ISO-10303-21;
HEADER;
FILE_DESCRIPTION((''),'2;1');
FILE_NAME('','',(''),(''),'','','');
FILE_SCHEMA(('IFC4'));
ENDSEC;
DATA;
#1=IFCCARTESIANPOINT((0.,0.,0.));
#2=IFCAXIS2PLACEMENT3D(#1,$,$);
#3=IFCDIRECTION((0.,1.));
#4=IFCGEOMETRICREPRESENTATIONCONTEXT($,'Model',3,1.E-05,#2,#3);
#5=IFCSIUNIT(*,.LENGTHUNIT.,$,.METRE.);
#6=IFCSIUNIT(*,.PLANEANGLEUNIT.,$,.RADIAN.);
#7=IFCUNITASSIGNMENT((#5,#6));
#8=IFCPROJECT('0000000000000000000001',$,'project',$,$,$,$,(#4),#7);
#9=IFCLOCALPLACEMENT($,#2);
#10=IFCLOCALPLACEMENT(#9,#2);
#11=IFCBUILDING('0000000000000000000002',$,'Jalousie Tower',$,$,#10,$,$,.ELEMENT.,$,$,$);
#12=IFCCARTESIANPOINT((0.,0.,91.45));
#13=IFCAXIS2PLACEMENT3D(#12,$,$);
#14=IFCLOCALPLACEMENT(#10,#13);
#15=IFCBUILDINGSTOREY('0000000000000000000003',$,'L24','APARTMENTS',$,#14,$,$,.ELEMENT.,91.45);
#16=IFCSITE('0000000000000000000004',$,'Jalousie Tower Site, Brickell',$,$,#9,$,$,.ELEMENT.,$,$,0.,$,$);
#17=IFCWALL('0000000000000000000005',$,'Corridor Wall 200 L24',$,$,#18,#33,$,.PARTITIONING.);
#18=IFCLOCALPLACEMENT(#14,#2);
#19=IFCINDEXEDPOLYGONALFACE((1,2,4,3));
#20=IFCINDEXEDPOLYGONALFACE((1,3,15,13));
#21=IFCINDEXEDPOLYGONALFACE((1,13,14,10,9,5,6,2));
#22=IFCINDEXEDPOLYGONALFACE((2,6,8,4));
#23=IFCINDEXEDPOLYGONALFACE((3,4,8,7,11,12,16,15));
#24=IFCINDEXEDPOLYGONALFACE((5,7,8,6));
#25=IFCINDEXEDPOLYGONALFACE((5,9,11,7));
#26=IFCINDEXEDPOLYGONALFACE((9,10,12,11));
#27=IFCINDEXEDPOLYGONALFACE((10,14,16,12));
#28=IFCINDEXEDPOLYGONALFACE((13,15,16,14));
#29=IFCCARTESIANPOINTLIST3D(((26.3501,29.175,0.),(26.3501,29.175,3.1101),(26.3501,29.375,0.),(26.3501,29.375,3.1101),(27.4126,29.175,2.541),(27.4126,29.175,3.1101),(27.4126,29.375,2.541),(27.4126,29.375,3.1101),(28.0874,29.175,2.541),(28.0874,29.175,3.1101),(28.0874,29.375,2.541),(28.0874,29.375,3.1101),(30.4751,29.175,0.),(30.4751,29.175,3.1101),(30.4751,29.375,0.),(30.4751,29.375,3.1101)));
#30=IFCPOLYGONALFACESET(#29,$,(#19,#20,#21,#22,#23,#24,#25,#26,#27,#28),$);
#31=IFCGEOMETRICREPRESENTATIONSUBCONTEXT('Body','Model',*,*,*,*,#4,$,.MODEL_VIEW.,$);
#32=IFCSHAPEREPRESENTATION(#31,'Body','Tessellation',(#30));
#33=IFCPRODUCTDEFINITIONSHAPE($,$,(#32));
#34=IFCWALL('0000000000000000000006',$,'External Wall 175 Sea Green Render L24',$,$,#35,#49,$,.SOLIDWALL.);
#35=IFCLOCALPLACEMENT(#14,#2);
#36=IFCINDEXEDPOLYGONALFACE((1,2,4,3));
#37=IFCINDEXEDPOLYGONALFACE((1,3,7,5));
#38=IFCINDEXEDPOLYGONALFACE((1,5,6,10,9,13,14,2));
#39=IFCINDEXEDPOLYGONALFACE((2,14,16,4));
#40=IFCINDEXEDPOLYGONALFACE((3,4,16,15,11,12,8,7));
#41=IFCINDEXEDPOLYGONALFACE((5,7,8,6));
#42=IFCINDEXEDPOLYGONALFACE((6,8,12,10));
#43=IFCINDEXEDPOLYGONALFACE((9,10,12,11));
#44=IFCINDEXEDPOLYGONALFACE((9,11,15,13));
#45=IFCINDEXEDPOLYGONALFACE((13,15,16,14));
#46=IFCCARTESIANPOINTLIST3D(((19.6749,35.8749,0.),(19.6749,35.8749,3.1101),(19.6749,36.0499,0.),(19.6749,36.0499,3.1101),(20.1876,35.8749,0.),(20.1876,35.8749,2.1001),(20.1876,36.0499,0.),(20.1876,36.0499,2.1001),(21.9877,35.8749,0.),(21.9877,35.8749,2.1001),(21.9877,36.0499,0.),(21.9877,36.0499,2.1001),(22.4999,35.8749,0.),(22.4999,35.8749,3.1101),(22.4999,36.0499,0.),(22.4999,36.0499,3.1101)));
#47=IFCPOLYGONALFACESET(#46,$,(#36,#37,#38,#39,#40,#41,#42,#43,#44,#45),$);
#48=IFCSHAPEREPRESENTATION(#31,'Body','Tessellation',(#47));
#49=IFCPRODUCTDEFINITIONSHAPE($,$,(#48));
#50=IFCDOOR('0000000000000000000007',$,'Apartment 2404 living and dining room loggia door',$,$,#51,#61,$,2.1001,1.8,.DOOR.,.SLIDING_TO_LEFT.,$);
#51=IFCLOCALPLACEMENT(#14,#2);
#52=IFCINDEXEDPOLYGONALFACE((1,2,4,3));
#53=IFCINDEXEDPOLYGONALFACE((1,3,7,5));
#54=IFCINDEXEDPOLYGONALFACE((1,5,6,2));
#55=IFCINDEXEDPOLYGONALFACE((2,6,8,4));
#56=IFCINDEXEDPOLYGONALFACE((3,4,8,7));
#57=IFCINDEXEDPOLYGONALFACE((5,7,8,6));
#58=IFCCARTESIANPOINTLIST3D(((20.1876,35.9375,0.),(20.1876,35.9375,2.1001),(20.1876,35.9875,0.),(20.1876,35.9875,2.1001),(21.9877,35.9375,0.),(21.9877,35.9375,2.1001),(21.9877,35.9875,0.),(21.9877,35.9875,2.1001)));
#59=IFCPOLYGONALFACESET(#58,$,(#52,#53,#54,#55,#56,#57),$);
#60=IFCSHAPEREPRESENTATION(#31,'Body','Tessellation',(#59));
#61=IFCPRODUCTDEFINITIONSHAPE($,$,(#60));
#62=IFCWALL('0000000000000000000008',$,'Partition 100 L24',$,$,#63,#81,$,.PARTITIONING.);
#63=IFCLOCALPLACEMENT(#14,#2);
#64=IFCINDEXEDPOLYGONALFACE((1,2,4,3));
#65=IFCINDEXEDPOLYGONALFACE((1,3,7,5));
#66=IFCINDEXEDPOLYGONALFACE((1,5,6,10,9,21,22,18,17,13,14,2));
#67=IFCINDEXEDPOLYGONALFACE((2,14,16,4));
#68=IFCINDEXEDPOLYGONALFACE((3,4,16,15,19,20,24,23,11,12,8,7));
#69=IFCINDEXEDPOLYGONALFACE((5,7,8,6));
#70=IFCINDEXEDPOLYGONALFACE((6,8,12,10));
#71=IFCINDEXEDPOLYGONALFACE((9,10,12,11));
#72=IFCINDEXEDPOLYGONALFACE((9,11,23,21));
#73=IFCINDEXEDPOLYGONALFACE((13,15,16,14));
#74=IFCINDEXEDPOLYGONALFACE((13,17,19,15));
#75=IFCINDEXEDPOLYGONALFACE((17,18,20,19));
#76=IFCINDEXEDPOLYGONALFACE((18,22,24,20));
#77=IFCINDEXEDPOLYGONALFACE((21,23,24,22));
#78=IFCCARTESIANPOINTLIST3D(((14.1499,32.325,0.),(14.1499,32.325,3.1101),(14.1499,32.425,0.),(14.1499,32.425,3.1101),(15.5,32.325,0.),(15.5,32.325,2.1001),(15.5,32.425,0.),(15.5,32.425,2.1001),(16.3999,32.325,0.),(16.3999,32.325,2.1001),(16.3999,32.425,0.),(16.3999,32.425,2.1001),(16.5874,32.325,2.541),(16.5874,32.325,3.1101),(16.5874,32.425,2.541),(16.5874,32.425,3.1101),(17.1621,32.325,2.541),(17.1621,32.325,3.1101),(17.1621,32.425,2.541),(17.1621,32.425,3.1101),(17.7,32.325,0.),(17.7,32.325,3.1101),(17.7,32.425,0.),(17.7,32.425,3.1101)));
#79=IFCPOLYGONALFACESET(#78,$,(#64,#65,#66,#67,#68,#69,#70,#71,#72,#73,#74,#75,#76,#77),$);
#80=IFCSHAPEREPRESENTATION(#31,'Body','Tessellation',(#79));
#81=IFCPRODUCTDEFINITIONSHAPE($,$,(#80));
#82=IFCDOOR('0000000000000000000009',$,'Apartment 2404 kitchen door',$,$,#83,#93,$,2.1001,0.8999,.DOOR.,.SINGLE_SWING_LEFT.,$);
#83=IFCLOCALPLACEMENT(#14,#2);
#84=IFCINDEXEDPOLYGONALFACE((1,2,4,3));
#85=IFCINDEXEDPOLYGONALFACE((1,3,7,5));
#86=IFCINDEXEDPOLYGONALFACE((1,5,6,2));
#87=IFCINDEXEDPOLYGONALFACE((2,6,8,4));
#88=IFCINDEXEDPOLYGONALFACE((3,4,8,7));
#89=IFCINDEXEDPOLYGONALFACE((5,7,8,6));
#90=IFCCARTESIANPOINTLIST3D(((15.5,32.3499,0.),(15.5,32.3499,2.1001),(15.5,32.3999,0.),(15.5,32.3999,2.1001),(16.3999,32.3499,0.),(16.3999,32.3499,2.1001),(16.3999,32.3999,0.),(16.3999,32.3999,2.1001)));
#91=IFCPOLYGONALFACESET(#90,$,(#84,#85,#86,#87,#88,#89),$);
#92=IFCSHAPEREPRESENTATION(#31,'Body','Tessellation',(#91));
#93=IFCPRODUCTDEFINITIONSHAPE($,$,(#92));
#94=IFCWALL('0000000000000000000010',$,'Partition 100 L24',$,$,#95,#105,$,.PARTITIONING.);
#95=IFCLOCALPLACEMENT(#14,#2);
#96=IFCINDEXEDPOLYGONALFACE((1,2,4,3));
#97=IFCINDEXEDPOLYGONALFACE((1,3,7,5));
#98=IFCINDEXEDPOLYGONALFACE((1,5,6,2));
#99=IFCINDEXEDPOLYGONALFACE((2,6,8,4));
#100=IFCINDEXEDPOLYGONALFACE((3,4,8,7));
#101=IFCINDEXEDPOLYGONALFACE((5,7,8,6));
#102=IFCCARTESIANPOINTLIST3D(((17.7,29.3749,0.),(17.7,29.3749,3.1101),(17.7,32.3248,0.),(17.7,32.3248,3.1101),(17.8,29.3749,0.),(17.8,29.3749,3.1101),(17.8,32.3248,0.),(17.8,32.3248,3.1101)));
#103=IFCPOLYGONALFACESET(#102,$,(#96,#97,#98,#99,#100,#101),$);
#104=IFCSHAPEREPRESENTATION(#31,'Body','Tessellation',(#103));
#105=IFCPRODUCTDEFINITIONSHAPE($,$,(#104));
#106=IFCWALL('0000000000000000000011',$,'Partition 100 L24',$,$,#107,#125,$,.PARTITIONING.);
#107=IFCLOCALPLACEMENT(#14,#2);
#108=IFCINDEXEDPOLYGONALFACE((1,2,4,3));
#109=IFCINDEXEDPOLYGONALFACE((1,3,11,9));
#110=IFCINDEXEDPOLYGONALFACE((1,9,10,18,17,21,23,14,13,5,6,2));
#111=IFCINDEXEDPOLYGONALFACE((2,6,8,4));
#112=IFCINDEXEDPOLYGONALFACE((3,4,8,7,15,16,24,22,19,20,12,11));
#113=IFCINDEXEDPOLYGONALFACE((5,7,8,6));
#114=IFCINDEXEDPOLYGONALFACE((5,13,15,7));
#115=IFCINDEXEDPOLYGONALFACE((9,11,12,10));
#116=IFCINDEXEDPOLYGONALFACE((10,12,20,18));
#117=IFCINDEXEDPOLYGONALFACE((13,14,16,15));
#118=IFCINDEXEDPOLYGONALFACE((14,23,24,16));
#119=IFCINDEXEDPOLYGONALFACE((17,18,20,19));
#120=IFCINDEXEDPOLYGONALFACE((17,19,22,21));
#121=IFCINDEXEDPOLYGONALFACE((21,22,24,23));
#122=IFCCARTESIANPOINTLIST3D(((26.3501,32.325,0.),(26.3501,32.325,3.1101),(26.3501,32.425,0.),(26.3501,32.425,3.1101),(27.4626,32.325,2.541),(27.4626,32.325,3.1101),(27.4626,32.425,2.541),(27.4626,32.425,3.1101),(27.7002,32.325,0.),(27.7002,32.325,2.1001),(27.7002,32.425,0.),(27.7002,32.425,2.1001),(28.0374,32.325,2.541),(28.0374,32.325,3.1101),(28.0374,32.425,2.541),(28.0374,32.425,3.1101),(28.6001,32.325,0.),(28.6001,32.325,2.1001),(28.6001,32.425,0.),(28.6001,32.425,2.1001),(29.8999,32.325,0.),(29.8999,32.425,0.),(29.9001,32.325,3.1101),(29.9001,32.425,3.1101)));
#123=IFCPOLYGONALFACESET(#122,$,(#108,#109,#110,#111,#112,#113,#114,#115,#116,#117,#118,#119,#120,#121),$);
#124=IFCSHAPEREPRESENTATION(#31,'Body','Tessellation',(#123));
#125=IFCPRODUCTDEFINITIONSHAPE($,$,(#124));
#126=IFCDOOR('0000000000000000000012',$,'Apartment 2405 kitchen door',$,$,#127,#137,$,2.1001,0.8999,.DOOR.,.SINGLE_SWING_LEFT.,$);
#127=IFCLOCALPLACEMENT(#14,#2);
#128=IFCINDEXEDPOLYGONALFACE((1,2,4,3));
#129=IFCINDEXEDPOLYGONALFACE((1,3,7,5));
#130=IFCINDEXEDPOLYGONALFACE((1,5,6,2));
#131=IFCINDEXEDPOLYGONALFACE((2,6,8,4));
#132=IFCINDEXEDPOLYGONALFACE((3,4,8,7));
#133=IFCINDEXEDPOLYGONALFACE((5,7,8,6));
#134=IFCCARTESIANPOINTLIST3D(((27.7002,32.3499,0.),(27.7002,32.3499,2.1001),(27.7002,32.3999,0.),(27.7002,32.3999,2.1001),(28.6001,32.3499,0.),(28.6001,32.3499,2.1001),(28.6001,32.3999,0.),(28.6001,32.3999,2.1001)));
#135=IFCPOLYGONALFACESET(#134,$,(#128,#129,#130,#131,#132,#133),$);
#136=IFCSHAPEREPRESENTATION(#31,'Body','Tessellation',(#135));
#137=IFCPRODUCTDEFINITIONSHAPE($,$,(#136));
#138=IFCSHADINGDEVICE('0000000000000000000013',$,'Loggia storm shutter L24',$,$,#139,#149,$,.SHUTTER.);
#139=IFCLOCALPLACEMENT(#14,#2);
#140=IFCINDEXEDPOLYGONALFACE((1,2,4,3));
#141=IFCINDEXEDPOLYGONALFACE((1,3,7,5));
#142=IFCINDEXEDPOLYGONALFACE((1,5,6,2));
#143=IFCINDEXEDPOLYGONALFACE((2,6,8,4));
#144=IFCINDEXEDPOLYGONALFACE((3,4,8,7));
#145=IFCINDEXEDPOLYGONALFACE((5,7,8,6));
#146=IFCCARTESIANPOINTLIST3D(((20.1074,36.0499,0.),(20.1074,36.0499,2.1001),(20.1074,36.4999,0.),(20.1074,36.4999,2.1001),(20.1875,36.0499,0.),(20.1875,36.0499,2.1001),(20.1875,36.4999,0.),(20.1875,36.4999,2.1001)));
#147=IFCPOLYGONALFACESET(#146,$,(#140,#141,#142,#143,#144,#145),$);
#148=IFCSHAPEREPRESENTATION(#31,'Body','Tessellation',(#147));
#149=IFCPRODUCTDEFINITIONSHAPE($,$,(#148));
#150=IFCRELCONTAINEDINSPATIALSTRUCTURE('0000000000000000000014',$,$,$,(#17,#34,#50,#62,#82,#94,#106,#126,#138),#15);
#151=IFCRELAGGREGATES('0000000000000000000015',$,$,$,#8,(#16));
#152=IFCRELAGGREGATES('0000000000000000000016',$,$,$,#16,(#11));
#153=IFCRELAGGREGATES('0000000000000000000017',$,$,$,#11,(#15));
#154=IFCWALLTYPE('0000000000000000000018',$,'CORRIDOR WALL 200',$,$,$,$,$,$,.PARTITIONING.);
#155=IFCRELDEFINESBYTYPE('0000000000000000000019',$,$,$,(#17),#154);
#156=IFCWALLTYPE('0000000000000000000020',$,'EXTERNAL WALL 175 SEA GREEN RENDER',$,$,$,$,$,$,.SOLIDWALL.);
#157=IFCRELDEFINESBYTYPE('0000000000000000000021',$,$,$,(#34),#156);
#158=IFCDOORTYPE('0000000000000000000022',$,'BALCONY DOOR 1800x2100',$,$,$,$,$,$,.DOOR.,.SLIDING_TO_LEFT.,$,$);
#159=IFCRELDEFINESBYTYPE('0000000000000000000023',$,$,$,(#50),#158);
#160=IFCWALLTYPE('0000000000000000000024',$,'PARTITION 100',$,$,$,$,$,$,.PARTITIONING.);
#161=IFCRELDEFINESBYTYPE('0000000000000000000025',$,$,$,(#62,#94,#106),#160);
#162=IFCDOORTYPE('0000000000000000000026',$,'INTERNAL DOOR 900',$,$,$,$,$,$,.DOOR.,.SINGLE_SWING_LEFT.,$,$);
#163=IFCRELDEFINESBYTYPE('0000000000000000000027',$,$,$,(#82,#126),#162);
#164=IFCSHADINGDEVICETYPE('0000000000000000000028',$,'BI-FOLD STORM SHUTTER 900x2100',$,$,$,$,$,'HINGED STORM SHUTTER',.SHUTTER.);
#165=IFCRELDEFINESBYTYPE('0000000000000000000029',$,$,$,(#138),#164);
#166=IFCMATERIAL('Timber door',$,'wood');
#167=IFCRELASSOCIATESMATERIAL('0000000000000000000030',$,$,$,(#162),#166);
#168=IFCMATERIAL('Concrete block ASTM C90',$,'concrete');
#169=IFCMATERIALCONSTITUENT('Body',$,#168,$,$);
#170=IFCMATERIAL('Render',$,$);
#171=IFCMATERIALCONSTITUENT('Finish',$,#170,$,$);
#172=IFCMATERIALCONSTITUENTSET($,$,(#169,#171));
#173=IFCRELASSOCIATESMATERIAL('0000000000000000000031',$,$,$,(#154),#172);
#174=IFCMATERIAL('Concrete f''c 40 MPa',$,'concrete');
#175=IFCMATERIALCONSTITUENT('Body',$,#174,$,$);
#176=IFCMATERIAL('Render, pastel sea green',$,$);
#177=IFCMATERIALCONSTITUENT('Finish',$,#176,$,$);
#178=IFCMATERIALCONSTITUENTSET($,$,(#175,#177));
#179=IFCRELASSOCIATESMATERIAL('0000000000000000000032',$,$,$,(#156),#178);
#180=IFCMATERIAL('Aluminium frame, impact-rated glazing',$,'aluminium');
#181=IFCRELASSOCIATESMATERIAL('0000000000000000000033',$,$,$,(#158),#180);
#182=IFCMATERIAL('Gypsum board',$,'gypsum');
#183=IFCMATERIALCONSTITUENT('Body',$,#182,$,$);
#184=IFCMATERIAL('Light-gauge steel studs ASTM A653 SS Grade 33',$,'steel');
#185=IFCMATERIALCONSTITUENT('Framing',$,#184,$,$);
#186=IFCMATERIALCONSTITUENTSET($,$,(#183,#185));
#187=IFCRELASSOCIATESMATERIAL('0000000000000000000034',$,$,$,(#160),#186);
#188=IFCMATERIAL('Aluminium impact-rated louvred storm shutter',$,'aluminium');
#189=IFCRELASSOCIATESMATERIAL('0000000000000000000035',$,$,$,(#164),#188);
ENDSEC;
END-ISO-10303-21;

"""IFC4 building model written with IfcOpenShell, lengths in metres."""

from ifc_helpers import new_model, si_unit, direction, frame, frame_2d, origin, origin_2d, place, context, subcontext, project, spatial, polyline, rectangle, outline, extrude, material, constituent, constituent_set, type_object, element, fill, save


model = new_model("IFC4")

# Units and contexts
model_context = context("Model", 3, precision=1e-05, world=origin(), true_north=direction((0.0, 1.0)))
body_context = subcontext(model_context, "Body", "Model", "MODEL_VIEW")
ifc_project = project(units=[si_unit("LENGTHUNIT", "METRE"), si_unit("PLANEANGLEUNIT", "RADIAN")], contexts=[model_context])

# Site, building, storey
site_placement = place(None, origin())
site = spatial("IfcSite", under=ifc_project, at=site_placement, Name="Jalousie Tower Site, Brickell", CompositionType="ELEMENT", RefElevation=0.0)
building_placement = place(site_placement, origin())
building = spatial("IfcBuilding", under=site, at=building_placement, Name="Jalousie Tower", CompositionType="ELEMENT")
storey_placement = place(building_placement, frame((0.0, 0.0, 91.45)))
storey = spatial("IfcBuildingStorey", under=building, at=storey_placement, Name="L24", Description="APARTMENTS", CompositionType="ELEMENT", Elevation=91.45)

# Shared definitions
ifc_material_1 = material(Name="Timber door", Category="wood")
door_type_1 = type_object("IfcDoorType", Name="INTERNAL DOOR 900", OperationType="SINGLE_SWING_LEFT", PredefinedType="DOOR", material=ifc_material_1)

# Shared definitions
ifc_material_2 = material(Name="Concrete block ASTM C90", Category="concrete")
ifc_constituent_1 = constituent(ifc_material_2, Name="Body")
ifc_material_3 = material(Name="Render")
ifc_constituent_2 = constituent(ifc_material_3, Name="Finish")
ifc_constituent_set_1 = constituent_set(constituents=[ifc_constituent_1, ifc_constituent_2])
wall_type_1 = type_object("IfcWallType", Name="CORRIDOR WALL 200", PredefinedType="PARTITIONING", material=ifc_constituent_set_1)

# Wall
wall_1_placement = place(storey_placement, frame((26.3501, 29.2749, 0.0), z_axis=(0.0, 0.0, 1.0), x_axis=(1.0, 0.0, 0.0)))
element("IfcWall", 1, at=wall_1_placement, inside=storey, type_object=wall_type_1, Name="Corridor Wall 200 L24", PredefinedType="PARTITIONING", context=body_context, shape_type="SweptSolid", body=[
    extrude(outline(polyline([(0.0, 0.0), (4.125, 0.0), (4.125, 3.1101), (1.7373, 3.1101), (1.7373, 2.541), (1.0625, 2.541), (1.0625, 3.1101), (0.0, 3.1101), (0.0, 0.0)])), frame((0.0, 0.1001, 0.0), z_axis=(0.0, -1.0, 0.0), x_axis=(1.0, 0.0, 0.0)), (0.0, 0.0, 1.0), 0.2),
])

# Walls, openings, doors
ifc_material_4 = material(Name="Concrete f'c 40 MPa", Category="concrete")
ifc_constituent_3 = constituent(ifc_material_4, Name="Body")
ifc_material_5 = material(Name="Render, pastel sea green")
ifc_constituent_4 = constituent(ifc_material_5, Name="Finish")
ifc_constituent_set_2 = constituent_set(constituents=[ifc_constituent_3, ifc_constituent_4])
wall_type_2 = type_object("IfcWallType", Name="EXTERNAL WALL 175 SEA GREEN RENDER", PredefinedType="SOLIDWALL", material=ifc_constituent_set_2)
wall_2_placement = place(storey_placement, frame((22.5, 35.9624, 0.0), z_axis=(0.0, 0.0, 1.0), x_axis=(-1.0, 0.0, 0.0)))
wall_2 = element("IfcWall", 2, at=wall_2_placement, inside=storey, type_object=wall_type_2, Name="External Wall 175 Sea Green Render L24", PredefinedType="SOLIDWALL", context=body_context, shape_type="SweptSolid", body=[
    extrude(rectangle(XDim=2.825, YDim=0.175, at=frame_2d((1.4126, 0.0))), origin(), (0.0, 0.0, 1.0), 3.1101),
])
opening_1_placement = place(wall_2_placement, frame((0.5125, 0.0, 0.0)))
opening_1 = element("IfcOpeningElement", 3, at=opening_1_placement, cuts=wall_2, PredefinedType="OPENING", context=body_context, shape_type="SweptSolid", body=[
    extrude(rectangle(XDim=1.8, YDim=2.1001, at=frame_2d((0.8999, 1.05))), frame((0.0, 0.0974, 0.0), z_axis=(0.0, -1.0, 0.0), x_axis=(1.0, 0.0, 0.0)), (0.0, 0.0, 1.0), 0.1951),
])
ifc_material_6 = material(Name="Aluminium frame, impact-rated glazing", Category="aluminium")
door_type_2 = type_object("IfcDoorType", Name="BALCONY DOOR 1800x2100", OperationType="SLIDING_TO_LEFT", PredefinedType="DOOR", material=ifc_material_6)
door_1_placement = place(opening_1_placement, origin())
door_1 = element("IfcDoor", 4, at=door_1_placement, inside=storey, type_object=door_type_2, Name="Apartment 2404 living and dining room loggia door", OperationType="SLIDING_TO_LEFT", OverallHeight=2.1001, OverallWidth=1.8, PredefinedType="DOOR", context=body_context, shape_type="SweptSolid", body=[
    extrude(rectangle(XDim=1.8, YDim=2.1001, at=frame_2d((0.8999, 1.05))), frame((0.0, 0.0249, 0.0), z_axis=(0.0, -1.0, 0.0), x_axis=(1.0, 0.0, 0.0)), (0.0, 0.0, 1.0), 0.05),
])
fill(opening_1, door_1)
ifc_material_7 = material(Name="Gypsum board", Category="gypsum")
ifc_constituent_5 = constituent(ifc_material_7, Name="Body")
ifc_material_8 = material(Name="Light-gauge steel studs ASTM A653 SS Grade 33", Category="steel")
ifc_constituent_6 = constituent(ifc_material_8, Name="Framing")
ifc_constituent_set_3 = constituent_set(constituents=[ifc_constituent_5, ifc_constituent_6])
wall_type_3 = type_object("IfcWallType", Name="PARTITION 100", PredefinedType="PARTITIONING", material=ifc_constituent_set_3)
wall_3_placement = place(storey_placement, frame((14.1499, 32.375, 0.0), z_axis=(0.0, 0.0, 1.0), x_axis=(1.0, 0.0, 0.0)))
wall_3 = element("IfcWall", 5, at=wall_3_placement, inside=storey, type_object=wall_type_3, Name="Partition 100 L24", PredefinedType="PARTITIONING", context=body_context, shape_type="SweptSolid", body=[
    extrude(outline(polyline([(0.0, 0.0), (3.55, 0.0), (3.55, 3.1101), (3.0122, 3.1101), (3.0122, 2.541), (2.4375, 2.541), (2.4375, 3.1101), (0.0, 3.1101), (0.0, 0.0)])), frame((0.0, 0.05, 0.0), z_axis=(0.0, -1.0, 0.0), x_axis=(1.0, 0.0, 0.0)), (0.0, 0.0, 1.0), 0.1001),
])
opening_2_placement = place(wall_3_placement, frame((1.3501, 0.0, 0.0)))
opening_2 = element("IfcOpeningElement", 6, at=opening_2_placement, cuts=wall_3, PredefinedType="OPENING", context=body_context, shape_type="SweptSolid", body=[
    extrude(rectangle(XDim=0.8999, YDim=2.1001, at=frame_2d((0.45, 1.05))), frame((0.0, 0.0601, 0.0), z_axis=(0.0, -1.0, 0.0), x_axis=(1.0, 0.0, 0.0)), (0.0, 0.0, 1.0), 0.1201),
])
door_2_placement = place(opening_2_placement, origin())
door_2 = element("IfcDoor", 7, at=door_2_placement, inside=storey, type_object=door_type_1, Name="Apartment 2404 kitchen door", OperationType="SINGLE_SWING_LEFT", OverallHeight=2.1001, OverallWidth=0.8999, PredefinedType="DOOR", context=body_context, shape_type="SweptSolid", body=[
    extrude(rectangle(XDim=0.8999, YDim=2.1001, at=frame_2d((0.45, 1.05))), frame((0.0, 0.0249, 0.0), z_axis=(0.0, -1.0, 0.0), x_axis=(1.0, 0.0, 0.0)), (0.0, 0.0, 1.0), 0.05),
])
fill(opening_2, door_2)

# Wall
wall_4_placement = place(storey_placement, frame((17.75, 32.325, 0.0), z_axis=(0.0, 0.0, 1.0), x_axis=(0.0, -1.0, 0.0)))
element("IfcWall", 8, at=wall_4_placement, inside=storey, type_object=wall_type_3, Name="Partition 100 L24", PredefinedType="PARTITIONING", context=body_context, shape_type="SweptSolid", body=[
    extrude(rectangle(XDim=2.95, YDim=0.1001, at=frame_2d((1.4751, 0.0))), origin(), (0.0, 0.0, 1.0), 3.1101),
])

# Wall, opening, door
wall_5_placement = place(storey_placement, frame((26.3501, 32.375, 0.0), z_axis=(0.0, 0.0, 1.0), x_axis=(1.0, 0.0, 0.0)))
wall_5 = element("IfcWall", 9, at=wall_5_placement, inside=storey, type_object=wall_type_3, Name="Partition 100 L24", PredefinedType="PARTITIONING", context=body_context, shape_type="SweptSolid", body=[
    extrude(outline(polyline([(0.0, 0.0), (3.5498, 0.0), (3.55, 3.1101), (1.6873, 3.1101), (1.6873, 2.541), (1.1125, 2.541), (1.1125, 3.1101), (0.0, 3.1101), (0.0, 0.0)])), frame((0.0, 0.05, 0.0), z_axis=(0.0, -1.0, 0.0), x_axis=(1.0, 0.0, 0.0)), (0.0, 0.0, 1.0), 0.1001),
])
opening_3_placement = place(wall_5_placement, frame((1.3501, 0.0, 0.0)))
opening_3 = element("IfcOpeningElement", 10, at=opening_3_placement, cuts=wall_5, PredefinedType="OPENING", context=body_context, shape_type="SweptSolid", body=[
    extrude(rectangle(XDim=0.8999, YDim=2.1001, at=frame_2d((0.45, 1.05))), frame((0.0, 0.0601, 0.0), z_axis=(0.0, -1.0, 0.0), x_axis=(1.0, 0.0, 0.0)), (0.0, 0.0, 1.0), 0.1201),
])
door_3_placement = place(opening_3_placement, origin())
door_3 = element("IfcDoor", 11, at=door_3_placement, inside=storey, type_object=door_type_1, Name="Apartment 2405 kitchen door", OperationType="SINGLE_SWING_LEFT", OverallHeight=2.1001, OverallWidth=0.8999, PredefinedType="DOOR", context=body_context, shape_type="SweptSolid", body=[
    extrude(rectangle(XDim=0.8999, YDim=2.1001, at=frame_2d((0.45, 1.05))), frame((0.0, 0.0249, 0.0), z_axis=(0.0, -1.0, 0.0), x_axis=(1.0, 0.0, 0.0)), (0.0, 0.0, 1.0), 0.05),
])
fill(opening_3, door_3)

# Shading device
ifc_material_9 = material(Name="Aluminium impact-rated louvred storm shutter", Category="aluminium")
shading_device_type = type_object("IfcShadingDeviceType", Name="BI-FOLD STORM SHUTTER 900x2100", ElementType="HINGED STORM SHUTTER", PredefinedType="SHUTTER", material=ifc_material_9)
shading_device_placement = place(storey_placement, frame((20.1475, 36.2749, 0.0), z_axis=(0.0, 0.0, 1.0), x_axis=(0.0, -1.0, 0.0)))
element("IfcShadingDevice", 12, at=shading_device_placement, inside=storey, type_object=shading_device_type, Name="Loggia storm shutter L24", PredefinedType="SHUTTER", context=body_context, shape_type="SweptSolid", body=[
    extrude(rectangle(XDim=0.45, YDim=0.0801, at=origin_2d()), origin(), (0.0, 0.0, 1.0), 2.1001),
])

save(model, "model.ifc")
